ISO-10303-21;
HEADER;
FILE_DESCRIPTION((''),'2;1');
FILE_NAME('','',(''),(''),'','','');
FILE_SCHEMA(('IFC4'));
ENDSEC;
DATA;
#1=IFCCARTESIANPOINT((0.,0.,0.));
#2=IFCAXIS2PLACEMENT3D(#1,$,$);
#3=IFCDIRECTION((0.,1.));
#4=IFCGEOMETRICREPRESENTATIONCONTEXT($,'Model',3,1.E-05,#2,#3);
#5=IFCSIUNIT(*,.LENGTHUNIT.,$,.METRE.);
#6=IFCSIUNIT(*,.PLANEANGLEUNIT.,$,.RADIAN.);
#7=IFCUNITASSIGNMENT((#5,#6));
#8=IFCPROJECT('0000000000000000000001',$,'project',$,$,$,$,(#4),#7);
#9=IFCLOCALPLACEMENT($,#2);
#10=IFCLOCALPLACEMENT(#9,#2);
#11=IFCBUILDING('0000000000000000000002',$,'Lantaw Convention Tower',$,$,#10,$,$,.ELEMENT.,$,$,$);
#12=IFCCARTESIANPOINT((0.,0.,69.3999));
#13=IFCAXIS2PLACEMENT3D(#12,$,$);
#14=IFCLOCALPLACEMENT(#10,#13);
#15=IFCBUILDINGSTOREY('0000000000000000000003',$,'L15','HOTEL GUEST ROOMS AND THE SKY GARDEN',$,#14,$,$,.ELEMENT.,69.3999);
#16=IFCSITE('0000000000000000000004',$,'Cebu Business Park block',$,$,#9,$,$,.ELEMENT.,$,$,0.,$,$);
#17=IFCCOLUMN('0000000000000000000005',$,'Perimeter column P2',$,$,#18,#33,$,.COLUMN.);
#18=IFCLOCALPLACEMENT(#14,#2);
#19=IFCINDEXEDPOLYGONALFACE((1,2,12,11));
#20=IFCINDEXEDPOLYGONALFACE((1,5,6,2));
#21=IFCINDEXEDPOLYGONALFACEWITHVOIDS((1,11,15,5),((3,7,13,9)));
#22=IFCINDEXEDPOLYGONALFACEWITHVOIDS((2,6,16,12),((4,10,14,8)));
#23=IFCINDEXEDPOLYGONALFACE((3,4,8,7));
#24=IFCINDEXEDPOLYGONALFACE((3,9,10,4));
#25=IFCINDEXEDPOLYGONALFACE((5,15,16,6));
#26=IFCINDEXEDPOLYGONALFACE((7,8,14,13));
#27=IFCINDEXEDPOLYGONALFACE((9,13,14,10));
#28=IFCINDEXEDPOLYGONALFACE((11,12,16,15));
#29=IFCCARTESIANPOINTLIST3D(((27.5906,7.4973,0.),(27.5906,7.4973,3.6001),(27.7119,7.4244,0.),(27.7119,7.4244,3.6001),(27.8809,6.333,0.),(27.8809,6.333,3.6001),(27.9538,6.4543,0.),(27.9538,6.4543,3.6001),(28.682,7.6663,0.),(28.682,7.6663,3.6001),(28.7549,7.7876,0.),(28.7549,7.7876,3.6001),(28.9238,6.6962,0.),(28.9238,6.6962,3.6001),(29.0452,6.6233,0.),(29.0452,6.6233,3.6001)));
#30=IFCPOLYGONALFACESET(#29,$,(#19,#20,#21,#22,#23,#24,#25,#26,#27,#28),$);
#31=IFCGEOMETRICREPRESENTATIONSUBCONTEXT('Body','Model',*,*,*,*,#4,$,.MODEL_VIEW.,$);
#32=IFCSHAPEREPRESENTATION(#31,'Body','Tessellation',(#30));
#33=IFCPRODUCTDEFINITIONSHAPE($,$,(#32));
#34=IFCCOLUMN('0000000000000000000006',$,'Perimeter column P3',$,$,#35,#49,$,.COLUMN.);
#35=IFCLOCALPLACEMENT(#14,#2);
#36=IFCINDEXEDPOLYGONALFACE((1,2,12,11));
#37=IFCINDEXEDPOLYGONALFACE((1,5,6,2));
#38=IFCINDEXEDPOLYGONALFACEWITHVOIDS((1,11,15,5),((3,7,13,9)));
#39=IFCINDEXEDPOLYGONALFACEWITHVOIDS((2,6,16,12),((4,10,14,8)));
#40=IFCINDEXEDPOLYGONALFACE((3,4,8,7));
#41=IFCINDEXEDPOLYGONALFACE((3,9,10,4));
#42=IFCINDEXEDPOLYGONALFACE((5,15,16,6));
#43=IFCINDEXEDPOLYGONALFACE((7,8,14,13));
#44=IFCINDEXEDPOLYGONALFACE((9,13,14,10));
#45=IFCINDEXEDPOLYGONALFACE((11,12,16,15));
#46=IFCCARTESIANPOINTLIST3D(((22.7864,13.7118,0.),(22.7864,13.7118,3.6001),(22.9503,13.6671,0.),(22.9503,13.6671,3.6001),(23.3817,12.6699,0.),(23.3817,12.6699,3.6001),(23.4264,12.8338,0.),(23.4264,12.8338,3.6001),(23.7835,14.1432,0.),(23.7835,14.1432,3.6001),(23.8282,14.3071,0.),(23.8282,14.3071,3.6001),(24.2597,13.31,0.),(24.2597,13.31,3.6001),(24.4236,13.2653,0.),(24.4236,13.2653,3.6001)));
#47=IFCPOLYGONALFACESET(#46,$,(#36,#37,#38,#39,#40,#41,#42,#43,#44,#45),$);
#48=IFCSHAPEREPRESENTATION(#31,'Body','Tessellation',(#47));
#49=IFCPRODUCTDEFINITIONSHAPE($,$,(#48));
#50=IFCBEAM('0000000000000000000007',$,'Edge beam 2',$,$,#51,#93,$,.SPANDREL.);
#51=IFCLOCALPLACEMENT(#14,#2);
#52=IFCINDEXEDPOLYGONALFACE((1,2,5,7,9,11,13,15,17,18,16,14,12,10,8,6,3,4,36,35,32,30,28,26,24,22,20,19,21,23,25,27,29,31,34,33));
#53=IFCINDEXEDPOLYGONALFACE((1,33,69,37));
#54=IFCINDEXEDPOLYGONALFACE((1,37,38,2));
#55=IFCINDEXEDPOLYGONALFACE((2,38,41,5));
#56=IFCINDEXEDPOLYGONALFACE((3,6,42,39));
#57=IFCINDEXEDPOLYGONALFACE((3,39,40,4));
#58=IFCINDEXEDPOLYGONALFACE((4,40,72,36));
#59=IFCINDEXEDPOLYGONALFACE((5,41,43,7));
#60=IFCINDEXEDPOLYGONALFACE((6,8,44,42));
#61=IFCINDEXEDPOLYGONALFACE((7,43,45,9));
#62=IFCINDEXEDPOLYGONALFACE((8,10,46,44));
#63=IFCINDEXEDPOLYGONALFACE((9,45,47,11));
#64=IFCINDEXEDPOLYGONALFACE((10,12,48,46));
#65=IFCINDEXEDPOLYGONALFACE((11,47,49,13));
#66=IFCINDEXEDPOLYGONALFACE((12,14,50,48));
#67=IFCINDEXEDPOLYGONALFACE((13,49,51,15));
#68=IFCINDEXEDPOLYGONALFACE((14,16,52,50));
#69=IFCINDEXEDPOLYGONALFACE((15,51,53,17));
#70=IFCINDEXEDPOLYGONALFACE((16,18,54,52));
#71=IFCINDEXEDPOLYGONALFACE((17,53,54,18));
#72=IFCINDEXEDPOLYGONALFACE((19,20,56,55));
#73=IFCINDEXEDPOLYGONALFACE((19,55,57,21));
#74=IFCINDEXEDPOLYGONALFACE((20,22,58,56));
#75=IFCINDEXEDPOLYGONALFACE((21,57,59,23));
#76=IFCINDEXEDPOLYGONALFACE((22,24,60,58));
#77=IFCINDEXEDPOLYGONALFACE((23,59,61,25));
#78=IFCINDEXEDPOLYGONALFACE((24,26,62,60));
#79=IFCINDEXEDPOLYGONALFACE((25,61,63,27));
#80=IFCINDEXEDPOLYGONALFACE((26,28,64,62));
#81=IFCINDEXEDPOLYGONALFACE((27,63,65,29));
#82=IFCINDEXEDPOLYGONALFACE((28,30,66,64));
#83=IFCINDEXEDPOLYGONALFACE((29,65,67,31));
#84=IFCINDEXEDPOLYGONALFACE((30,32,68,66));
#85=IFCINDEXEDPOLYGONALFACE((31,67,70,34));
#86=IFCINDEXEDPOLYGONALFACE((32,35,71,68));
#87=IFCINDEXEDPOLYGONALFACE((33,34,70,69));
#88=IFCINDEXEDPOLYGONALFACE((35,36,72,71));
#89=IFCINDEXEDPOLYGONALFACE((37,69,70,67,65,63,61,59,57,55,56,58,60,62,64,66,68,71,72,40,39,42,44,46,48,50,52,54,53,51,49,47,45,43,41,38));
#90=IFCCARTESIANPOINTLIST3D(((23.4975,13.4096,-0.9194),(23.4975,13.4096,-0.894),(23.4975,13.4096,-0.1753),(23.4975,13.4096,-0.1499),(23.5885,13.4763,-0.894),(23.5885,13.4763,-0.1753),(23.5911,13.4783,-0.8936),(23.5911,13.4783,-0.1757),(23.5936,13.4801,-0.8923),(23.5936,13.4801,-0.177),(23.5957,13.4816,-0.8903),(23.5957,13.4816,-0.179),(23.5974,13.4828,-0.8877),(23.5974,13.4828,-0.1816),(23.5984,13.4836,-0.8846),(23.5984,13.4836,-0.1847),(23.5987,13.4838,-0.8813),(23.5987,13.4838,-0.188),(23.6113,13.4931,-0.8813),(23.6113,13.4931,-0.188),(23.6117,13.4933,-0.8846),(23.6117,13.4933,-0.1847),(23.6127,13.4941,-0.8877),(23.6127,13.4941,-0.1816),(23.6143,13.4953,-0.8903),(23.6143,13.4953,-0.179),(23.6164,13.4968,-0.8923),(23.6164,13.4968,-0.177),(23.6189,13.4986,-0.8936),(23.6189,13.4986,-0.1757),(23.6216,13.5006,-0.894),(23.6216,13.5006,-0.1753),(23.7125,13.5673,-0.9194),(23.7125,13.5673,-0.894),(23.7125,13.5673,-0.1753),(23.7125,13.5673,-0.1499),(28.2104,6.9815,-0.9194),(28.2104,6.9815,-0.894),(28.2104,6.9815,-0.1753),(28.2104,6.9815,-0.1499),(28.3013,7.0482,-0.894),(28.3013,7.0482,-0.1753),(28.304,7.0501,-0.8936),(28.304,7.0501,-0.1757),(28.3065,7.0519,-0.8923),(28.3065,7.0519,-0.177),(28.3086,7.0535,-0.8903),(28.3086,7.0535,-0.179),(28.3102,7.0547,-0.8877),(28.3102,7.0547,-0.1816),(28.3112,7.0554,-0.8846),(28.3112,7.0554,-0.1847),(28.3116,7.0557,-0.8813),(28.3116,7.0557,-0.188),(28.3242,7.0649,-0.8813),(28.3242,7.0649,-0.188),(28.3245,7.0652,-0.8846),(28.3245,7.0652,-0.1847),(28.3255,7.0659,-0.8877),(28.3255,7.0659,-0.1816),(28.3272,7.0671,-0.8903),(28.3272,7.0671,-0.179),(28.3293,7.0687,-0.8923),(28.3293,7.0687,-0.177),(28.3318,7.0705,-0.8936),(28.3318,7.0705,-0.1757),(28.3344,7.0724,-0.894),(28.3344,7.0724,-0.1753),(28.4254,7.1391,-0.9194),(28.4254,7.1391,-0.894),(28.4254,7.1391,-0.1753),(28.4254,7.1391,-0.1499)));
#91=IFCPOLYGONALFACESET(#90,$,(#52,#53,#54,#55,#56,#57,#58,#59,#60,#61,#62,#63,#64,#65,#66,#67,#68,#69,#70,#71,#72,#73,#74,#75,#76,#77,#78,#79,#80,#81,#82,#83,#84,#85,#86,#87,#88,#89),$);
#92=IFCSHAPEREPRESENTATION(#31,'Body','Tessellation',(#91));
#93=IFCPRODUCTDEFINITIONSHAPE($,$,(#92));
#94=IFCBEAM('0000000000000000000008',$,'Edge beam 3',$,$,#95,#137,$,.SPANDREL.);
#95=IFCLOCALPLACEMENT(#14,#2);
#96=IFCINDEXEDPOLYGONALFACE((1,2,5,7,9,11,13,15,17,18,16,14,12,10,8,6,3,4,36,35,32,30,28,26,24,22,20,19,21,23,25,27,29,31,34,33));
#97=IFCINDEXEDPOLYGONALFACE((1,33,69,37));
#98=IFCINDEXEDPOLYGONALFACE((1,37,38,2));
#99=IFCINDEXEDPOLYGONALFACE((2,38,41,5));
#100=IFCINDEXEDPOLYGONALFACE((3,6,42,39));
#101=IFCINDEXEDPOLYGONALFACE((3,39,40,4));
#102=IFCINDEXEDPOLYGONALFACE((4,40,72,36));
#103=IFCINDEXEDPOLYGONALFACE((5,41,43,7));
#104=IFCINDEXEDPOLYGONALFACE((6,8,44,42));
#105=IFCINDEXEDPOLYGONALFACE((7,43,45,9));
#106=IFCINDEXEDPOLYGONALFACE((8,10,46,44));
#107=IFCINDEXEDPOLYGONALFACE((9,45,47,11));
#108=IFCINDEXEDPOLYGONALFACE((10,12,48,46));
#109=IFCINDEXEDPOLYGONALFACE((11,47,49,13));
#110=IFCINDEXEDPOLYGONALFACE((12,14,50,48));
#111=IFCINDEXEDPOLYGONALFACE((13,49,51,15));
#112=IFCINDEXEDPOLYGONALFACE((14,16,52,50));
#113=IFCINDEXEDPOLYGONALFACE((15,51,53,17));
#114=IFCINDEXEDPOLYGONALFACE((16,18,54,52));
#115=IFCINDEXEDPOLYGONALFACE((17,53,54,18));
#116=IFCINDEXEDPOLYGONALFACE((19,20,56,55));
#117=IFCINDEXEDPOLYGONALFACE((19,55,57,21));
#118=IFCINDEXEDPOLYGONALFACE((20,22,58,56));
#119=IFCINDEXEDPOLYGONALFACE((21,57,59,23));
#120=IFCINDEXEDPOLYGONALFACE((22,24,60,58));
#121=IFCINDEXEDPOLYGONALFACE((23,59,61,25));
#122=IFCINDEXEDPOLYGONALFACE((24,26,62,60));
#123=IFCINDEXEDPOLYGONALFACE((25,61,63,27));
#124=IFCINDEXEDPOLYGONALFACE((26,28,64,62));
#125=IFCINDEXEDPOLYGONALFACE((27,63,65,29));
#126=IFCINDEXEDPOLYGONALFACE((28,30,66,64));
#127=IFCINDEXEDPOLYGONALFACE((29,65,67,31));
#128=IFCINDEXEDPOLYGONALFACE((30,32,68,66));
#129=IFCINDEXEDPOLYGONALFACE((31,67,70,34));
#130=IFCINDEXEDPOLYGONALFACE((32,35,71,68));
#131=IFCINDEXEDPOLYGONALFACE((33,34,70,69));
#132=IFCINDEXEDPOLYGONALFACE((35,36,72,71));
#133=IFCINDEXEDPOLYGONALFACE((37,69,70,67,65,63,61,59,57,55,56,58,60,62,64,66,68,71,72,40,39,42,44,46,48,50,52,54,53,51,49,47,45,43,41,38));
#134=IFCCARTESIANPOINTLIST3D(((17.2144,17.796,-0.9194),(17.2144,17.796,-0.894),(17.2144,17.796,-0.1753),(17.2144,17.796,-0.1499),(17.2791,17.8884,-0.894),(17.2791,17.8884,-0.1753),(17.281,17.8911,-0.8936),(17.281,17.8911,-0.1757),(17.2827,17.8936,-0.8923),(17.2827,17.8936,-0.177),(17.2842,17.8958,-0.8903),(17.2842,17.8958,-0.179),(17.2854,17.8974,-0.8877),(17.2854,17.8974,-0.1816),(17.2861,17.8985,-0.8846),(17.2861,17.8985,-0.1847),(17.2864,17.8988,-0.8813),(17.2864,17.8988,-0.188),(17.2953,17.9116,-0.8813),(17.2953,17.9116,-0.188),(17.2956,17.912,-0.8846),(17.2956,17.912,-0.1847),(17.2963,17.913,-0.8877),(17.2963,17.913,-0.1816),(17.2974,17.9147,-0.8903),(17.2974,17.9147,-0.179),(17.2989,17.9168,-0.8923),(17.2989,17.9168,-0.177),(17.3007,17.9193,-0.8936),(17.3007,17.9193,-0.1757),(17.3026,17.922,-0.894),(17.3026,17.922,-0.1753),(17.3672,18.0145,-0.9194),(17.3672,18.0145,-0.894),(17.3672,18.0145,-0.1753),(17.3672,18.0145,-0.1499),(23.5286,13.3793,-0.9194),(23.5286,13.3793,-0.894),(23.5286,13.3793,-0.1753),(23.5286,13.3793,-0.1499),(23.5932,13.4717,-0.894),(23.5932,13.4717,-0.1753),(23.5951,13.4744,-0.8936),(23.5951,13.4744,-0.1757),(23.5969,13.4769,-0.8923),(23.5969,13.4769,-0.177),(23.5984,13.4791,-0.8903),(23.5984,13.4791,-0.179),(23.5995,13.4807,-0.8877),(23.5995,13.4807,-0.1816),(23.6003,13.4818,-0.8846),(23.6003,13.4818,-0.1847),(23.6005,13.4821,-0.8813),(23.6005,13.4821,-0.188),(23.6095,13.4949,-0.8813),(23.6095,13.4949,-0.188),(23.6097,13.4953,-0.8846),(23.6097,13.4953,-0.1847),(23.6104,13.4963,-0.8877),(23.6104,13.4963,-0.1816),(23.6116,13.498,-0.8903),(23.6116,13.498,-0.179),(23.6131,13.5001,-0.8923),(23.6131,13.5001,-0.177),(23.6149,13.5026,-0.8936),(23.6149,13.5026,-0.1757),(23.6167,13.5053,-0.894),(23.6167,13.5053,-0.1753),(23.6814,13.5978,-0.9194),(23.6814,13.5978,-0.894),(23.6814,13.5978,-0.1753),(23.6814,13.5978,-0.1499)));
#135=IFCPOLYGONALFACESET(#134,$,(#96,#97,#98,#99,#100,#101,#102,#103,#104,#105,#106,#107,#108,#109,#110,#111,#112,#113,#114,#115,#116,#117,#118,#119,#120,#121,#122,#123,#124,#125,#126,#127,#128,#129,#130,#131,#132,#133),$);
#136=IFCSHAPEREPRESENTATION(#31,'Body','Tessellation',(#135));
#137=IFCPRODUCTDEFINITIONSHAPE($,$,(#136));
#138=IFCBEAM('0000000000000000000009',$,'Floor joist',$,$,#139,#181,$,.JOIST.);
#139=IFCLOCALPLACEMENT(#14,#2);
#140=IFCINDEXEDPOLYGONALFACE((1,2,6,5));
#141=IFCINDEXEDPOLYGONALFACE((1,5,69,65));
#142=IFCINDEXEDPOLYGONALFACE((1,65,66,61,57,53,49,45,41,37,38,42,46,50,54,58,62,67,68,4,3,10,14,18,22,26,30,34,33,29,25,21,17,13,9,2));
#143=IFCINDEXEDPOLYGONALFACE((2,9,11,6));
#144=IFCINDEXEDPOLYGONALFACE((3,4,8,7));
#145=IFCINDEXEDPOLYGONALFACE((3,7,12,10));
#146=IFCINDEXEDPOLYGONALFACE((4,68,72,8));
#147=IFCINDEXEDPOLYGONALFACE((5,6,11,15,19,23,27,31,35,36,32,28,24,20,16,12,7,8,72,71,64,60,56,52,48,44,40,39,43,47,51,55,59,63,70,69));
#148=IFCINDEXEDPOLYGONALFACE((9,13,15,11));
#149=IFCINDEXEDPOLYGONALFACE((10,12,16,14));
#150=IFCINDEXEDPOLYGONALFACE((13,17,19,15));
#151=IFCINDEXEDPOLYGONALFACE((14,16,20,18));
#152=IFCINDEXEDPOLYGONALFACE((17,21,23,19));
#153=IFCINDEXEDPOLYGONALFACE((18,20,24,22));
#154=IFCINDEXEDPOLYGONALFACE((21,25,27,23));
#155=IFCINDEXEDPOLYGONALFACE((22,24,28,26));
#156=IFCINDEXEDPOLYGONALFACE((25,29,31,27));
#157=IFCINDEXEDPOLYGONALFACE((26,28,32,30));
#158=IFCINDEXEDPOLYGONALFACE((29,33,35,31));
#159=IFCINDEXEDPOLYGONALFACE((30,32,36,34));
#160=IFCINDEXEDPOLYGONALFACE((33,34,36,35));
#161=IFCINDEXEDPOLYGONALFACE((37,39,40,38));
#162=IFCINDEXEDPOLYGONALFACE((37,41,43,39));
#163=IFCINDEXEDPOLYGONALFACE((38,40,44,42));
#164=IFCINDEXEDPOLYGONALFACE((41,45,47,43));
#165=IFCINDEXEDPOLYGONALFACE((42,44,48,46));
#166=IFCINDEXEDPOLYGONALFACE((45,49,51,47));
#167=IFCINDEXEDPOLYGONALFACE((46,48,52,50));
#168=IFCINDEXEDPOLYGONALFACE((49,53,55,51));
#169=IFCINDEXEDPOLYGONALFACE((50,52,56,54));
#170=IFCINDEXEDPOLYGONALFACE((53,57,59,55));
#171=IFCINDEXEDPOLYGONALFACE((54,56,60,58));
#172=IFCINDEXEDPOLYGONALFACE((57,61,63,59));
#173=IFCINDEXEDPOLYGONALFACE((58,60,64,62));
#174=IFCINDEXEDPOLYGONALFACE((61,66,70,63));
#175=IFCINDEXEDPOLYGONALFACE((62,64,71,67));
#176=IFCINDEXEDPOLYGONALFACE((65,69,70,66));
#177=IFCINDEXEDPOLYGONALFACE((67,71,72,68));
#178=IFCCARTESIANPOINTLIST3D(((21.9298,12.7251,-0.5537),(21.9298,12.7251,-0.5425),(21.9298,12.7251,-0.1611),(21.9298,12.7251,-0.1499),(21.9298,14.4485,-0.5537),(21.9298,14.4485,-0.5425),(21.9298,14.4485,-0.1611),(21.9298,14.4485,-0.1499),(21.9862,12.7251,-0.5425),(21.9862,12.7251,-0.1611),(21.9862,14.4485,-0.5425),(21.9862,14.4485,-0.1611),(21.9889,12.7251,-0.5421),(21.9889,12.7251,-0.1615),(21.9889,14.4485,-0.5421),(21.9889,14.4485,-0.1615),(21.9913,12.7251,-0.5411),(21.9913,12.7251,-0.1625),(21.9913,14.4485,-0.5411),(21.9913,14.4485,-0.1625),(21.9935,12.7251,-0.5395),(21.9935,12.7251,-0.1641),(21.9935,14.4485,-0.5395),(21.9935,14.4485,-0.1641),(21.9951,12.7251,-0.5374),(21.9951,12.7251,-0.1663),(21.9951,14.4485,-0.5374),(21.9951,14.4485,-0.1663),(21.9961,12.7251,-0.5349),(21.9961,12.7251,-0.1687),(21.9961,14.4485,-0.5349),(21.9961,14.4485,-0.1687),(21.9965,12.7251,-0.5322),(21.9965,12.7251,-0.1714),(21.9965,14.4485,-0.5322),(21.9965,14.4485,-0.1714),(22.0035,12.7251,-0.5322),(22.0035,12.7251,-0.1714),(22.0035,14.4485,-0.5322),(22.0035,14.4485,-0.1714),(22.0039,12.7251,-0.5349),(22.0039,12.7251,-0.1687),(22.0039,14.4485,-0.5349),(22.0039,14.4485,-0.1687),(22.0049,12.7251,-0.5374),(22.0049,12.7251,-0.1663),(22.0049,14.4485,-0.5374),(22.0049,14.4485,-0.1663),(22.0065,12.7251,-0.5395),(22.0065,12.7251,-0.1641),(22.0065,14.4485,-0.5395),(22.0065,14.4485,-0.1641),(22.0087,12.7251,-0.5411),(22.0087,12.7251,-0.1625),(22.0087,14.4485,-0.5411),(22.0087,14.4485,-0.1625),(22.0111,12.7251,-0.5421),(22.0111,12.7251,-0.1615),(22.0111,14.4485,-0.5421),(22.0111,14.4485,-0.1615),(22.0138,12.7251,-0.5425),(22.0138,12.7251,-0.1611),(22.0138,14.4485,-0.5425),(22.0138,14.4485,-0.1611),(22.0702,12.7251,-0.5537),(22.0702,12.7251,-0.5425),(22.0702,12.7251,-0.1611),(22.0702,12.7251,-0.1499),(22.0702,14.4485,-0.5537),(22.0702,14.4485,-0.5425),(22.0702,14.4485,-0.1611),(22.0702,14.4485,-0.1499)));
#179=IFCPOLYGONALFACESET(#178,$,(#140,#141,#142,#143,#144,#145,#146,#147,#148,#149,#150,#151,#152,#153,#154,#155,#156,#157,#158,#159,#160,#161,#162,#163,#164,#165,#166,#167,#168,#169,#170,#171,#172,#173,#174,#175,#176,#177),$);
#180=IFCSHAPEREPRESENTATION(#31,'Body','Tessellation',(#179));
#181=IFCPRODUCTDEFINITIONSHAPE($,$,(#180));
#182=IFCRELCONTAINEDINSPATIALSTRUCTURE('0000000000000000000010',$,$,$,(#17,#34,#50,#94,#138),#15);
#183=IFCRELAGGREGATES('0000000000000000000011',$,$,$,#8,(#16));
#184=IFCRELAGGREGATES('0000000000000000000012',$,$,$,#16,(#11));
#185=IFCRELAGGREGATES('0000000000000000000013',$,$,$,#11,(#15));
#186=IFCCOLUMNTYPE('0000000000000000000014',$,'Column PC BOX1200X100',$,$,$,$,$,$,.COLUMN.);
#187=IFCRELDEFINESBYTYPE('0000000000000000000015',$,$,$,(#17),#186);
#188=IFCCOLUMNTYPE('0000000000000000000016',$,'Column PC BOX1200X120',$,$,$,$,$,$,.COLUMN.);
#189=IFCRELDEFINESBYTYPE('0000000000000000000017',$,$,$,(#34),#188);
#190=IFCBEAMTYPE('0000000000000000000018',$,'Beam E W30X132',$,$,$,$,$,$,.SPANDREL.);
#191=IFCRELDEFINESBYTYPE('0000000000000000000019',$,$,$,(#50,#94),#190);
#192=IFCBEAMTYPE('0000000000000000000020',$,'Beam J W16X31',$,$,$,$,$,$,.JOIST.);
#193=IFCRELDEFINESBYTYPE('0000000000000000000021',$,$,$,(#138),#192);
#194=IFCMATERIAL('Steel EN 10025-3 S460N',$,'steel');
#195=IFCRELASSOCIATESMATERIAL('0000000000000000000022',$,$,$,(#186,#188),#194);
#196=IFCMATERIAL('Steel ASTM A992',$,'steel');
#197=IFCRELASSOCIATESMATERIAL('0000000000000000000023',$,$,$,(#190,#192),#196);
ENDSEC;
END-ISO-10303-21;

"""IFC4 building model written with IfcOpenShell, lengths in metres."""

from ifc_helpers import new_model, si_unit, direction, frame, origin, origin_2d, place, context, subcontext, project, spatial, rectangle, hollow_rectangle, i_section, extrude, material, material_profile, profile_set, type_object, element, save


model = new_model("IFC4")

# Units and contexts
model_context = context("Model", 3, precision=1e-05, world=origin(), true_north=direction((0.0, 1.0)))
body_context = subcontext(model_context, "Body", "Model", "MODEL_VIEW")
ifc_project = project(units=[si_unit("LENGTHUNIT", "METRE"), si_unit("PLANEANGLEUNIT", "RADIAN")], contexts=[model_context])

# Site, building, storey
site_placement = place(None, origin())
site = spatial("IfcSite", under=ifc_project, at=site_placement, Name="Cebu Business Park block", CompositionType="ELEMENT", RefElevation=0.0)
building_placement = place(site_placement, origin())
building = spatial("IfcBuilding", under=site, at=building_placement, Name="Lantaw Convention Tower", CompositionType="ELEMENT")
storey_placement = place(building_placement, frame((0.0, 0.0, 69.3999)))
storey = spatial("IfcBuildingStorey", under=building, at=storey_placement, Name="L15", Description="HOTEL GUEST ROOMS AND THE SKY GARDEN", CompositionType="ELEMENT", Elevation=69.3999)

# Columns
ifc_material_1 = material(Name="Steel EN 10025-3 S460N", Category="steel")
ifc_material_profile_1 = material_profile(ifc_material_1, hollow_rectangle(XDim=1.2, YDim=1.2, WallThickness=0.1001, at=origin_2d()), Name="BOX1200X100")
ifc_material_2 = material(Name="Concrete C60/75", Category="concrete")
ifc_material_profile_2 = material_profile(ifc_material_2, rectangle(XDim=1.0, YDim=1.0, at=origin_2d()), Name="Concrete fill of BOX1200X100")
ifc_profile_set_1 = profile_set([ifc_material_profile_1, ifc_material_profile_2], Name="Steel EN 10025-3 S460N")
column_type_1 = type_object("IfcColumnType", Name="Column PC BOX1200X100", PredefinedType="COLUMN", material=ifc_profile_set_1)
column_1_placement = place(storey_placement, frame((28.3179, 7.0603, 0.0), z_axis=(0.0, 0.0, 1.0), x_axis=(0.970296, 0.241922, 0.0)))
element("IfcColumn", 1, at=column_1_placement, inside=storey, type_object=column_type_1, Name="Perimeter column P2", PredefinedType="COLUMN", context=body_context, shape_type="SweptSolid", body=[
    extrude(hollow_rectangle(XDim=1.2, YDim=1.2, WallThickness=0.1001, at=origin_2d()), origin(), (0.0, 0.0, 1.0), 3.6001),
])
ifc_material_profile_3 = material_profile(ifc_material_1, hollow_rectangle(XDim=1.2, YDim=1.2, WallThickness=0.1201, at=origin_2d()), Name="BOX1200X120")
ifc_material_profile_4 = material_profile(ifc_material_2, rectangle(XDim=0.96, YDim=0.96, at=origin_2d()), Name="Concrete fill of BOX1200X120")
ifc_profile_set_2 = profile_set([ifc_material_profile_3, ifc_material_profile_4], Name="Steel EN 10025-3 S460N")
column_type_2 = type_object("IfcColumnType", Name="Column PC BOX1200X120", PredefinedType="COLUMN", material=ifc_profile_set_2)
column_2_placement = place(storey_placement, frame((23.605, 13.4885, 0.0), z_axis=(0.0, 0.0, 1.0), x_axis=(0.868243, 0.496139, 0.0)))
element("IfcColumn", 2, at=column_2_placement, inside=storey, type_object=column_type_2, Name="Perimeter column P3", PredefinedType="COLUMN", context=body_context, shape_type="SweptSolid", body=[
    extrude(hollow_rectangle(XDim=1.2, YDim=1.2, WallThickness=0.1201, at=origin_2d()), origin(), (0.0, 0.0, 1.0), 3.6001),
])

# Beams
ifc_material_3 = material(Name="Steel ASTM A992", Category="steel")
ifc_material_profile_5 = material_profile(ifc_material_3, i_section(OverallWidth=0.2666, OverallDepth=0.7695, WebThickness=0.0156, FlangeThickness=0.0254, FilletRadius=0.0127, at=origin_2d()), Name="W30X132")
ifc_profile_set_3 = profile_set([ifc_material_profile_5], Name="Steel ASTM A992")
beam_type_1 = type_object("IfcBeamType", Name="Beam E W30X132", PredefinedType="SPANDREL", material=ifc_profile_set_3)
beam_1_placement = place(storey_placement, frame((28.3179, 7.0603, -0.5347), z_axis=(-0.591271, 0.806473, 0.0), x_axis=(-0.806473, -0.591271, 0.0)))
element("IfcBeam", 3, at=beam_1_placement, inside=storey, type_object=beam_type_1, Name="Edge beam 2", PredefinedType="SPANDREL", context=body_context, shape_type="SweptSolid", body=[
    extrude(i_section(OverallWidth=0.2666, OverallDepth=0.7695, WebThickness=0.0156, FlangeThickness=0.0254, FilletRadius=0.0127, at=origin_2d()), origin(), (0.0, 0.0, 1.0), 7.9707),
])
beam_2_placement = place(storey_placement, frame((23.605, 13.4885, -0.5347), z_axis=(-0.819427, 0.573184, 0.0), x_axis=(-0.573184, -0.819427, 0.0)))
element("IfcBeam", 4, at=beam_2_placement, inside=storey, type_object=beam_type_1, Name="Edge beam 3", PredefinedType="SPANDREL", context=body_context, shape_type="SweptSolid", body=[
    extrude(i_section(OverallWidth=0.2666, OverallDepth=0.7695, WebThickness=0.0156, FlangeThickness=0.0254, FilletRadius=0.0127, at=origin_2d()), origin(), (0.0, 0.0, 1.0), 7.7056),
])
ifc_material_profile_6 = material_profile(ifc_material_3, i_section(OverallWidth=0.1404, OverallDepth=0.4038, WebThickness=0.0071, FlangeThickness=0.0112, FilletRadius=0.0103, at=origin_2d()), Name="W16X31")
ifc_profile_set_4 = profile_set([ifc_material_profile_6], Name="Steel ASTM A992")
beam_type_2 = type_object("IfcBeamType", Name="Beam J W16X31", PredefinedType="JOIST", material=ifc_profile_set_4)
beam_3_placement = place(storey_placement, frame((22.0, 12.7251, -0.3518), z_axis=(0.0, 1.0, 0.0), x_axis=(-1.0, 0.0, 0.0)))
element("IfcBeam", 5, at=beam_3_placement, inside=storey, type_object=beam_type_2, Name="Floor joist", PredefinedType="JOIST", context=body_context, shape_type="SweptSolid", body=[
    extrude(i_section(OverallWidth=0.1404, OverallDepth=0.4038, WebThickness=0.0071, FlangeThickness=0.0112, FilletRadius=0.0103, at=origin_2d()), origin(), (0.0, 0.0, 1.0), 1.7234),
])

save(model, "model.ifc")
